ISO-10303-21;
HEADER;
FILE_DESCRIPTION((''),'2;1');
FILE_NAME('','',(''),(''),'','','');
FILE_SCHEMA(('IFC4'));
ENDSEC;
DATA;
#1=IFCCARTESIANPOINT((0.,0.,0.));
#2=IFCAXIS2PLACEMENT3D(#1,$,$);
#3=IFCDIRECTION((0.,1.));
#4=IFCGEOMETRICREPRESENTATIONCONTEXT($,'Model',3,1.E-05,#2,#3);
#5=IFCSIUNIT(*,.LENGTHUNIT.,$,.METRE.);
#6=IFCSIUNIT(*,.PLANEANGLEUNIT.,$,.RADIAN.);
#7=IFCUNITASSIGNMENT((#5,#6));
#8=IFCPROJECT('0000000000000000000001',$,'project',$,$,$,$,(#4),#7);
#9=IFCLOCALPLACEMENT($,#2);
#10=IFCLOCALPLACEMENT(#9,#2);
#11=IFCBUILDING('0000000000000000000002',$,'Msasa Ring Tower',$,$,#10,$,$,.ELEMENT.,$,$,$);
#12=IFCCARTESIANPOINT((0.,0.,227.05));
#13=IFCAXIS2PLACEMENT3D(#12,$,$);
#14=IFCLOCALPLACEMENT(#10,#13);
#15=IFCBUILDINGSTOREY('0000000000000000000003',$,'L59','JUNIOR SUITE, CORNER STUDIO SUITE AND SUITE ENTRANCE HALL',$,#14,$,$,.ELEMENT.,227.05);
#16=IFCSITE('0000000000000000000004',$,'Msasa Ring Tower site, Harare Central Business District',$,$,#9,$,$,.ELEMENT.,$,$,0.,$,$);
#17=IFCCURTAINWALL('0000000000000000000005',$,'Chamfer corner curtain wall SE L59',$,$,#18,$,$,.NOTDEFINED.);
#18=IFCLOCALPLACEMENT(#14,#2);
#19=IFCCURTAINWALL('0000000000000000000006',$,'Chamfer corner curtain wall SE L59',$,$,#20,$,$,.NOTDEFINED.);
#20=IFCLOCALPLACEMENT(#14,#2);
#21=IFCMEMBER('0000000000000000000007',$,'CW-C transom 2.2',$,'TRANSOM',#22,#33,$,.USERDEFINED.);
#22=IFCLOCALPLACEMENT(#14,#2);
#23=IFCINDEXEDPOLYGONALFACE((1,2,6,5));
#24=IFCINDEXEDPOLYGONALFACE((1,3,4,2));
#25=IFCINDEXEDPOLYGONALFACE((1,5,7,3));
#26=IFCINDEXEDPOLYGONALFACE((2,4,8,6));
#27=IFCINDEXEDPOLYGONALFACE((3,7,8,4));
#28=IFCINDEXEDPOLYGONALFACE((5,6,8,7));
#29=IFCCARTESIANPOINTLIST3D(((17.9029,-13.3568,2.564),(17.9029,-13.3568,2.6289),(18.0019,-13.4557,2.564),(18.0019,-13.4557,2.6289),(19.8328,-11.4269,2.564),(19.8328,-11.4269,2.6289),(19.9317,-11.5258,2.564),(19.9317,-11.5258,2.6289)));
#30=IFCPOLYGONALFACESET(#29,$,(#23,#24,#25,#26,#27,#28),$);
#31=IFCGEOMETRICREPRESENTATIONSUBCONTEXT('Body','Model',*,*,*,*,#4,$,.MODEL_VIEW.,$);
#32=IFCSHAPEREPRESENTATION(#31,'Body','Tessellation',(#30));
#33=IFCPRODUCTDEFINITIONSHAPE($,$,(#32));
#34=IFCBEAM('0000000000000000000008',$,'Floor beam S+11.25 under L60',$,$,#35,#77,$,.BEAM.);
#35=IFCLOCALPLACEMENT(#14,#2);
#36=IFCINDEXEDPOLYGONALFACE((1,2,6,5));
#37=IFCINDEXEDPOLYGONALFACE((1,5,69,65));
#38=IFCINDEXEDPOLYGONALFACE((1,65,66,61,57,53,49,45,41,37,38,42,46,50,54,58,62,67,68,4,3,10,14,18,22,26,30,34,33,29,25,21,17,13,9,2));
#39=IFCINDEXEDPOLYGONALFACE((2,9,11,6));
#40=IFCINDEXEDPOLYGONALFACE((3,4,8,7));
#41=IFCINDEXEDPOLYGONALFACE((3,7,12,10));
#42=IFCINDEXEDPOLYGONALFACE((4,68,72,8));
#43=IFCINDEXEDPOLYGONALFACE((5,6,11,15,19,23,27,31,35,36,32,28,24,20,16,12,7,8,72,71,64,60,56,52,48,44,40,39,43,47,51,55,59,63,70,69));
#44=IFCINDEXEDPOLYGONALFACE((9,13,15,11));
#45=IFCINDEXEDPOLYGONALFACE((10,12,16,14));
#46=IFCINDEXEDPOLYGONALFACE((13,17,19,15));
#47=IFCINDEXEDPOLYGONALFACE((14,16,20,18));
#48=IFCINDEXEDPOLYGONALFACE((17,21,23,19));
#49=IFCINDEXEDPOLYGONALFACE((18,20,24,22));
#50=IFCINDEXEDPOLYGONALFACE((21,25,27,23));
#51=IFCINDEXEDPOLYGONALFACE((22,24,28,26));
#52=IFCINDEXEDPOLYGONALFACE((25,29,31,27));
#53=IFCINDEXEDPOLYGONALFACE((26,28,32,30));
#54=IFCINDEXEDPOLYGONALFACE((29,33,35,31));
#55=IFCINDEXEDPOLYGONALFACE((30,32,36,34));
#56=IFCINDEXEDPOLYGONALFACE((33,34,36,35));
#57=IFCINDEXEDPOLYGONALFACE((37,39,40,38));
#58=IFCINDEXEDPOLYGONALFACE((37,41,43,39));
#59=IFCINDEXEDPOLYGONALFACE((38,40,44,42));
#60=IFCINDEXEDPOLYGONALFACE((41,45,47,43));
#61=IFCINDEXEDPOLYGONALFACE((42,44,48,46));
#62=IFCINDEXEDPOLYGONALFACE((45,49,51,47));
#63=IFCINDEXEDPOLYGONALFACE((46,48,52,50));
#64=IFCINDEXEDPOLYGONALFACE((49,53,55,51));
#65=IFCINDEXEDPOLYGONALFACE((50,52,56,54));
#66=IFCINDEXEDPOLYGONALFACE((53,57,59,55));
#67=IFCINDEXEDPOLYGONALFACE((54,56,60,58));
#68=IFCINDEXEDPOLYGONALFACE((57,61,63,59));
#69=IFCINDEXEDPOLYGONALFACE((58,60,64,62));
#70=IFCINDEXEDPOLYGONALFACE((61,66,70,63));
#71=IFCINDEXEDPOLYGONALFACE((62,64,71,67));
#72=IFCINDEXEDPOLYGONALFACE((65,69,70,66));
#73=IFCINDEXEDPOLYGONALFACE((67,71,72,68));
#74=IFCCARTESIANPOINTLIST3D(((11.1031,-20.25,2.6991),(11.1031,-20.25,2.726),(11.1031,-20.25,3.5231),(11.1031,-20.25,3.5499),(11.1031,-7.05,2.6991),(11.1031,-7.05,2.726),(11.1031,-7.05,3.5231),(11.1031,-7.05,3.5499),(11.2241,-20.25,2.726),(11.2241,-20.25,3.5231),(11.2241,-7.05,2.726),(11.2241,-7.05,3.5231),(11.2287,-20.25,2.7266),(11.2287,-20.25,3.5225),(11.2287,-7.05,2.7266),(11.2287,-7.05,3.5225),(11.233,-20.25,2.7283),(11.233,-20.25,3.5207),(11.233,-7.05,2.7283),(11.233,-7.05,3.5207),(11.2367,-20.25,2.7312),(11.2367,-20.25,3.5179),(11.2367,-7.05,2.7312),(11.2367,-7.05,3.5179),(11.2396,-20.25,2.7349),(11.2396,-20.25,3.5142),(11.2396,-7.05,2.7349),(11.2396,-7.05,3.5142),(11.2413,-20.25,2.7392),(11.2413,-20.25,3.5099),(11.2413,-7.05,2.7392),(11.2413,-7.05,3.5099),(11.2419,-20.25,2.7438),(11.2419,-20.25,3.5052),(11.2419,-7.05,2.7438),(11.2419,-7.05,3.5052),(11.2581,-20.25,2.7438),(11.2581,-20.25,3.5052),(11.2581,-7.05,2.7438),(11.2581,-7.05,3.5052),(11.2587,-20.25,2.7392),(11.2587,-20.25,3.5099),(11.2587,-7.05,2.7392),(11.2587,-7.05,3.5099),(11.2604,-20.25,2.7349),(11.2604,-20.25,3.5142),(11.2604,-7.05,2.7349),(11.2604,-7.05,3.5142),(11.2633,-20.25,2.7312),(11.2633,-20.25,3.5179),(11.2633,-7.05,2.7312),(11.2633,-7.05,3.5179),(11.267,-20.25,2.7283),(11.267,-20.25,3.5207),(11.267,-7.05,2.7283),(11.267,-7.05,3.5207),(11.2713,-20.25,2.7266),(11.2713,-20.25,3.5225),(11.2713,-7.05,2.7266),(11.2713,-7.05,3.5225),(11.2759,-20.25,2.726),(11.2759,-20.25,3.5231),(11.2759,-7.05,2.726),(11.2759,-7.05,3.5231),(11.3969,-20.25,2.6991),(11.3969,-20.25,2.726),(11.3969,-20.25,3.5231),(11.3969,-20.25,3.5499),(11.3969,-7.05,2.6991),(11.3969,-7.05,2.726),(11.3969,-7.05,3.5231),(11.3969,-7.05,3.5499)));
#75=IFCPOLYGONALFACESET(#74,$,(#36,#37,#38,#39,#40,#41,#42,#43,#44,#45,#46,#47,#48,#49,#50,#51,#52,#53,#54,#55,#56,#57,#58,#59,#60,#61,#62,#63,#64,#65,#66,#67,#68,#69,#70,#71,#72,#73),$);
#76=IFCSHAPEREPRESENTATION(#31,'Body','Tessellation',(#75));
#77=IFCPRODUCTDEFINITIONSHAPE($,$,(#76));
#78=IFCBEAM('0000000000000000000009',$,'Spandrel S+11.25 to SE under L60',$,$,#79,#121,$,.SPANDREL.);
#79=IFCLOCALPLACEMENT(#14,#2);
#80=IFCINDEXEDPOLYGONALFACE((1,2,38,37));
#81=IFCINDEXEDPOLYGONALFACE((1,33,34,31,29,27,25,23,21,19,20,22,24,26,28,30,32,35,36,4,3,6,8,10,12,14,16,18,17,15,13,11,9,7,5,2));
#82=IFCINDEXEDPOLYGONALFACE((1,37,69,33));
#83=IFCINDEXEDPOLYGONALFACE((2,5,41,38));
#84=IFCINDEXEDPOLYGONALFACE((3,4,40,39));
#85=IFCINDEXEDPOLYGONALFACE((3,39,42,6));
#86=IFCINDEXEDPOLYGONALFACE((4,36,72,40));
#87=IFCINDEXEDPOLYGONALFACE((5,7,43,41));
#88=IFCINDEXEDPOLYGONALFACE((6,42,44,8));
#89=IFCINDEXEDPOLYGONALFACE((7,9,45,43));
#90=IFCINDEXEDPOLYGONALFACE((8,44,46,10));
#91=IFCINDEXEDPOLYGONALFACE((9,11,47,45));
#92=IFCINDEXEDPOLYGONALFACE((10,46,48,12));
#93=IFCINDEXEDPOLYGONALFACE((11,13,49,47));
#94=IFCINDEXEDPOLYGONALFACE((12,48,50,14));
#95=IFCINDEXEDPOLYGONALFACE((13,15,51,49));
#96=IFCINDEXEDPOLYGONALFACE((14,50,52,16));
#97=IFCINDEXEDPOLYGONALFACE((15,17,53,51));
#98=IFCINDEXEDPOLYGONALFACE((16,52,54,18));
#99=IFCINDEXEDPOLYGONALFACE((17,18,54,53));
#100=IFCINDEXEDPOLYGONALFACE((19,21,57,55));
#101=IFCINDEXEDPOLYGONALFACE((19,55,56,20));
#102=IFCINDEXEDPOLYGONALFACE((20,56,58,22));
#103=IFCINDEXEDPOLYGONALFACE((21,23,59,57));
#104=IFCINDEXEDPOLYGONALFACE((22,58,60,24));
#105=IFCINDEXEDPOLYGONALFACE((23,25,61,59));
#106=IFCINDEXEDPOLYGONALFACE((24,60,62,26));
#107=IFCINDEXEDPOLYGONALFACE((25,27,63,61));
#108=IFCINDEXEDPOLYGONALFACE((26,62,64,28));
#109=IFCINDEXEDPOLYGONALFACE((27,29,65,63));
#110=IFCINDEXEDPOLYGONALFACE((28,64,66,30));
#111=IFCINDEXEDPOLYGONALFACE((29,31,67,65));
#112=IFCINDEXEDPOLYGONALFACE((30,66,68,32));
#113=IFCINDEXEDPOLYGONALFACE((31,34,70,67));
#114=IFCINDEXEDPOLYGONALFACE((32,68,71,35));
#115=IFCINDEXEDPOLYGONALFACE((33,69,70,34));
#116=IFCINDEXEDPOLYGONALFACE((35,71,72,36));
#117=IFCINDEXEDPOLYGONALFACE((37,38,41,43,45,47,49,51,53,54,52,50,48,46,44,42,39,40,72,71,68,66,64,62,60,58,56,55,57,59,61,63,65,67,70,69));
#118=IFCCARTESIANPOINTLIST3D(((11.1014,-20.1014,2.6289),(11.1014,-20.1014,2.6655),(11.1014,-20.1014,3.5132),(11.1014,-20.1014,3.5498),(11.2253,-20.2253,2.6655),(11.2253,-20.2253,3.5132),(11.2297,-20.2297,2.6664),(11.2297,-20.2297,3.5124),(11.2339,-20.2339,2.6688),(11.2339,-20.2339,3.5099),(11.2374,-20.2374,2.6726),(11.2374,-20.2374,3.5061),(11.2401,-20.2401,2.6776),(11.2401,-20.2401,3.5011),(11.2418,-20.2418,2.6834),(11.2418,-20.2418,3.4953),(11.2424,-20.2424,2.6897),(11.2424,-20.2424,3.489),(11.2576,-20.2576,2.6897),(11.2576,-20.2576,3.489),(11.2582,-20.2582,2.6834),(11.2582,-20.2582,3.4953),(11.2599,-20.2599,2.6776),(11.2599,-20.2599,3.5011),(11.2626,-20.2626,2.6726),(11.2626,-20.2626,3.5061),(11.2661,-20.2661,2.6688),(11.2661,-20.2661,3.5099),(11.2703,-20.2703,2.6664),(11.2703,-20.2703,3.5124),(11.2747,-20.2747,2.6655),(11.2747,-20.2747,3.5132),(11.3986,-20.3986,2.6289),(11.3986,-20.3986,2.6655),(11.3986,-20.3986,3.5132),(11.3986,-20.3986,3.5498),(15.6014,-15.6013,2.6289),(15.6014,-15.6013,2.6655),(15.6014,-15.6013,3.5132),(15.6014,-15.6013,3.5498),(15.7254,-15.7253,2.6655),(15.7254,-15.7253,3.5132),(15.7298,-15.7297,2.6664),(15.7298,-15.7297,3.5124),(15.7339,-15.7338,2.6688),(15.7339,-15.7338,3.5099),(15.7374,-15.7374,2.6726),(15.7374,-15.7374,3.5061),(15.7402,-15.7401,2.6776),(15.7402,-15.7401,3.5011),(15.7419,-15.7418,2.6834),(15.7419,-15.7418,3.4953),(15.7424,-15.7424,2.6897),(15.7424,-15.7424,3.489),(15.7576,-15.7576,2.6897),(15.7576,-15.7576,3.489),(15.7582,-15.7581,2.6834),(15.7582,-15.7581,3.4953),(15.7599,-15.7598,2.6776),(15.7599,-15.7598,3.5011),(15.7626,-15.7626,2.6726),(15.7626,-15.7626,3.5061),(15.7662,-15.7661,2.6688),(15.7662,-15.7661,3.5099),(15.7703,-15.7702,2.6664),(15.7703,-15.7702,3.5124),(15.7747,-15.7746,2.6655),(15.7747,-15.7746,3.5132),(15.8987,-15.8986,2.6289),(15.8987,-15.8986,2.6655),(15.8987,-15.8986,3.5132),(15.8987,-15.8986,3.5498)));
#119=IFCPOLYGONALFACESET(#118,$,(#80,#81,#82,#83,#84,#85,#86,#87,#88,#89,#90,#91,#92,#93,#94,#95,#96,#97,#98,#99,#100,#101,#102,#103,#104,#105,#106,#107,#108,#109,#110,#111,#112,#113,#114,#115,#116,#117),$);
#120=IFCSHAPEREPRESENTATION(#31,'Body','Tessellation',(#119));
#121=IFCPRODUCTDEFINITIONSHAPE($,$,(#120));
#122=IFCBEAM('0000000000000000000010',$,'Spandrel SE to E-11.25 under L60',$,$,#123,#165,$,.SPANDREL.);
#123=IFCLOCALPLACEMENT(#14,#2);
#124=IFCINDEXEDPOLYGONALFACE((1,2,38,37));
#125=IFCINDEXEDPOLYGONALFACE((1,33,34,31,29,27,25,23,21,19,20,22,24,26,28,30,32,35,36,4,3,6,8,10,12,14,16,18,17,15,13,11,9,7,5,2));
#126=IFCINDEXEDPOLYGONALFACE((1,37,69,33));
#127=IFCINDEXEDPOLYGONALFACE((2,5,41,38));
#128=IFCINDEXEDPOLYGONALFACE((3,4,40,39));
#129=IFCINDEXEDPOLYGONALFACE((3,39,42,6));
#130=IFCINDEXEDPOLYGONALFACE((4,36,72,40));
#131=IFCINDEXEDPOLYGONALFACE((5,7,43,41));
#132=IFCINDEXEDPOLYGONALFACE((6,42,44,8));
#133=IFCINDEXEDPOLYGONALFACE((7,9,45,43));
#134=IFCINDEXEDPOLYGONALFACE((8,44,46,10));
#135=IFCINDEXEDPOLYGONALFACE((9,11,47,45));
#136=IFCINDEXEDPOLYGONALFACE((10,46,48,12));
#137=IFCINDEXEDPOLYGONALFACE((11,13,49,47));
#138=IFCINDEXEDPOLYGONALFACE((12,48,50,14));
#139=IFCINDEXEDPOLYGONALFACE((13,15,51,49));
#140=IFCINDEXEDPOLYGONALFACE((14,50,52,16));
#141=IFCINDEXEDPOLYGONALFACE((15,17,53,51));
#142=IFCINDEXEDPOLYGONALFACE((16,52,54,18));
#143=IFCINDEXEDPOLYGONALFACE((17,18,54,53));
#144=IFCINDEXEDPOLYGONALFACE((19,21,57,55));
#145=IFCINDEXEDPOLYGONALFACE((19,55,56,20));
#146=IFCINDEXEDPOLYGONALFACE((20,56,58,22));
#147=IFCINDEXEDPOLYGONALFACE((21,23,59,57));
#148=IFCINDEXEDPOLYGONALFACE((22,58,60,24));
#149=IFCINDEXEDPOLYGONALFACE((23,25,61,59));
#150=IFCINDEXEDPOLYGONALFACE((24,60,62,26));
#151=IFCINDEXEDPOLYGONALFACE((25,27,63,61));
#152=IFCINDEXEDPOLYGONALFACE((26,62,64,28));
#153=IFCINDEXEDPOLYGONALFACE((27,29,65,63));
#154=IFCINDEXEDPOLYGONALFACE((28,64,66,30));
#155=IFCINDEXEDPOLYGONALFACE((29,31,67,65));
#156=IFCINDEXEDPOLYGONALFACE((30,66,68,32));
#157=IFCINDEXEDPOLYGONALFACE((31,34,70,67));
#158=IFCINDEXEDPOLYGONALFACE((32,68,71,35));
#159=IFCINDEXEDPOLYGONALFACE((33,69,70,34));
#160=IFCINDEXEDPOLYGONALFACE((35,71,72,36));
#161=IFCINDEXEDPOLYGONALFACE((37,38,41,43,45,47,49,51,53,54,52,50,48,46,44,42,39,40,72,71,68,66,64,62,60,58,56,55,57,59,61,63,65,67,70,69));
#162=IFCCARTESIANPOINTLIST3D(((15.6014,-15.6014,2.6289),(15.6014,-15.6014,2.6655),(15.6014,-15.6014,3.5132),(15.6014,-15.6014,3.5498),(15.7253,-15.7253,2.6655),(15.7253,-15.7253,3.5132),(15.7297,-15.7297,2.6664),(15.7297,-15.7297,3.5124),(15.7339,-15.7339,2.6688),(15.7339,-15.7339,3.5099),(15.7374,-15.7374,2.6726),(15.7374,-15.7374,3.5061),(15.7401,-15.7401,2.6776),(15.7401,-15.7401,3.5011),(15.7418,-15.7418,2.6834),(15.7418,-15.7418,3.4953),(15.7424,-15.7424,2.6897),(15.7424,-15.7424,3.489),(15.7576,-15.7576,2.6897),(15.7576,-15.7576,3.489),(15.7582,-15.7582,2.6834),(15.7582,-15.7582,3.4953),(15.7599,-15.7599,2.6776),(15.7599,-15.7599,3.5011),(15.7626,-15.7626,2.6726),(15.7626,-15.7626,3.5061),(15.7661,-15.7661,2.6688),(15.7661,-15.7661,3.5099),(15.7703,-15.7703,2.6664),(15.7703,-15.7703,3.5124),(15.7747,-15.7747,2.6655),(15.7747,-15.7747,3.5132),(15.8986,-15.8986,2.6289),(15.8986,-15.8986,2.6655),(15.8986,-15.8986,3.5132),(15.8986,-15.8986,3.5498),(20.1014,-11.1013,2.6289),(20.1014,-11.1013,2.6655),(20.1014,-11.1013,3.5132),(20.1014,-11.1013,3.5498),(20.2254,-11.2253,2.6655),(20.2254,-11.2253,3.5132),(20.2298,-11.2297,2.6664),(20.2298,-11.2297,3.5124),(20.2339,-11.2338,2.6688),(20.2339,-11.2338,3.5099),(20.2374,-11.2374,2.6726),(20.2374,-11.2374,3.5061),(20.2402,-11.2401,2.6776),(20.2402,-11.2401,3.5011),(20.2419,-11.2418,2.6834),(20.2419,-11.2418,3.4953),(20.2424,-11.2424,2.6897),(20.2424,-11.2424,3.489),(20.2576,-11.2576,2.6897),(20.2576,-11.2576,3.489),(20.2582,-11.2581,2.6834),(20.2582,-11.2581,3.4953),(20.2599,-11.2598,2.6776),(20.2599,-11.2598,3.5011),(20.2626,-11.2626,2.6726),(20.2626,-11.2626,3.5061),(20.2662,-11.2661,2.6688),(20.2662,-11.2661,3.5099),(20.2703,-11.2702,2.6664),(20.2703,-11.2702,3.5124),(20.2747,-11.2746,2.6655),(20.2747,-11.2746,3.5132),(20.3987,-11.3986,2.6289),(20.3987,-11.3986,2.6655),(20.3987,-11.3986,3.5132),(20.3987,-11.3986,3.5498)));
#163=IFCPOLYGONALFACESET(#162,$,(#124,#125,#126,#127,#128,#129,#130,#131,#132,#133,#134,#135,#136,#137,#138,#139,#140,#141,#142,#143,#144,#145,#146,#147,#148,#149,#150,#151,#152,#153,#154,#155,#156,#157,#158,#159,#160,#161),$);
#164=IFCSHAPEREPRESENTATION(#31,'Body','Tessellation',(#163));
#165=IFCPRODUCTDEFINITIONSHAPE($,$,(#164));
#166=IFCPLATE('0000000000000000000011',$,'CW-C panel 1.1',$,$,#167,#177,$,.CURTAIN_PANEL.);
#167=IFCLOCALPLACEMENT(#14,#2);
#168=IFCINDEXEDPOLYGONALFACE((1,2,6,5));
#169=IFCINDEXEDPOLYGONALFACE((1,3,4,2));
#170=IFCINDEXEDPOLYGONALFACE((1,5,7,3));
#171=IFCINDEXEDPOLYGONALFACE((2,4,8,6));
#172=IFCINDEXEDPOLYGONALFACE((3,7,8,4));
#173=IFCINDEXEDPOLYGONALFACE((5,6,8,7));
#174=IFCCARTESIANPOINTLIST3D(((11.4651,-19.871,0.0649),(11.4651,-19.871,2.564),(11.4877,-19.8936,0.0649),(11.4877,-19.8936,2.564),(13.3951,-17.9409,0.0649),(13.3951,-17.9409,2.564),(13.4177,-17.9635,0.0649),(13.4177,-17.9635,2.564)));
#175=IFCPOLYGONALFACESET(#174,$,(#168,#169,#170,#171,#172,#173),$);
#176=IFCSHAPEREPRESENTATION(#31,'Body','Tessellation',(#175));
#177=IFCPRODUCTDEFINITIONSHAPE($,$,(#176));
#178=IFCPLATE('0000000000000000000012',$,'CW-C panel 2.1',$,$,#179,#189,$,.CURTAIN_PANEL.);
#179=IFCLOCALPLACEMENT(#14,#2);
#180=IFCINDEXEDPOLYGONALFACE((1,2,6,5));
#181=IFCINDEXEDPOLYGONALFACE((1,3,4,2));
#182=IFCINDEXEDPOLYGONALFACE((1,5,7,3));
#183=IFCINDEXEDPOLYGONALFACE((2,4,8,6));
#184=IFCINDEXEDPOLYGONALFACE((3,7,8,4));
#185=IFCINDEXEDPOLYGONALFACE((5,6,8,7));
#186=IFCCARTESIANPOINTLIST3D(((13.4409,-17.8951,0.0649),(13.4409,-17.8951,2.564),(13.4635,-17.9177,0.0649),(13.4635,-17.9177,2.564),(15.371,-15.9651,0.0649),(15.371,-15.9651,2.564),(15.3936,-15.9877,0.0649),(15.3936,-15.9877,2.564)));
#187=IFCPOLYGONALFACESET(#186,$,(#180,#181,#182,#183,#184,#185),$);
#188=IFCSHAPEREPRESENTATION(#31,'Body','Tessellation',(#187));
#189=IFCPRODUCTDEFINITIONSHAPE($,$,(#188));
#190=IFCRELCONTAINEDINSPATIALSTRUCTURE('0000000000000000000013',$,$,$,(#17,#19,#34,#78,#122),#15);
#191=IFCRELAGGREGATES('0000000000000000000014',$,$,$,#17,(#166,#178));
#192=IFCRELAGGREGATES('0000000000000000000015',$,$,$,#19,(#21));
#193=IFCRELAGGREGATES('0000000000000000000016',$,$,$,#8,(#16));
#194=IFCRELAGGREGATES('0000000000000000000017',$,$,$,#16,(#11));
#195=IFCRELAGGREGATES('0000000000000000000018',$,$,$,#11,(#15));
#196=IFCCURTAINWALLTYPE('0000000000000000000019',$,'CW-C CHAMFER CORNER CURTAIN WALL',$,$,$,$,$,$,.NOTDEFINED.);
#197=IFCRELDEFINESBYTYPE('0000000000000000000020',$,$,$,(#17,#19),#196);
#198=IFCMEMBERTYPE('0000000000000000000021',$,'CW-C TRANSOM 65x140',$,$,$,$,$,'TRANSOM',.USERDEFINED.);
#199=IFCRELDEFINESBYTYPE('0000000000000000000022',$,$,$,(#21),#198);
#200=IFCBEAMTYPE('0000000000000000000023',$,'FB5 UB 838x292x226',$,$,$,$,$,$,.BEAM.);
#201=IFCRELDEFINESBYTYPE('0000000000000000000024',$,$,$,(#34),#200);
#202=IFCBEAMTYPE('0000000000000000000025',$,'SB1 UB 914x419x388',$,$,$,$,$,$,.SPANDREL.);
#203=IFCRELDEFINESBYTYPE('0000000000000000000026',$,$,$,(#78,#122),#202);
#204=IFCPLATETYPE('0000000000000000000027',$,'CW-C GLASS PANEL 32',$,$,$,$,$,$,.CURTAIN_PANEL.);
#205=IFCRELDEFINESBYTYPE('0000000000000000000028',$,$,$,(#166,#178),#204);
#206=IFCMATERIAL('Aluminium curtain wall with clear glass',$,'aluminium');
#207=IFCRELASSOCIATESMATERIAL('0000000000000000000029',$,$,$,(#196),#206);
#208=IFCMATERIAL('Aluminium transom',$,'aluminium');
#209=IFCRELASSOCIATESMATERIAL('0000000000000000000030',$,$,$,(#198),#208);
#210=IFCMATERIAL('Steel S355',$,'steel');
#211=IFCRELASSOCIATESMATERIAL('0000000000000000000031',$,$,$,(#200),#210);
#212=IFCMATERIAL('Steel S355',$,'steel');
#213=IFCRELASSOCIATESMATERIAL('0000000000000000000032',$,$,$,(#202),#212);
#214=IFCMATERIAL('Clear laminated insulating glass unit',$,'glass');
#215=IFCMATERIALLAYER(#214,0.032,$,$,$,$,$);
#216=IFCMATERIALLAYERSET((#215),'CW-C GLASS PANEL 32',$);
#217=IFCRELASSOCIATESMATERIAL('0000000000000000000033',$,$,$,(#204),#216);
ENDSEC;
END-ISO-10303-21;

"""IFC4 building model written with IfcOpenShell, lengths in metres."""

from ifc_helpers import new_model, si_unit, direction, frame, origin, origin_2d, place, context, subcontext, project, spatial, rectangle, i_section, extrude, material, layer, layer_set, material_profile, profile_set, type_object, element, aggregate, save


model = new_model("IFC4")

# Units and contexts
model_context = context("Model", 3, precision=1e-05, world=origin(), true_north=direction((0.0, 1.0)))
body_context = subcontext(model_context, "Body", "Model", "MODEL_VIEW")
ifc_project = project(units=[si_unit("LENGTHUNIT", "METRE"), si_unit("PLANEANGLEUNIT", "RADIAN")], contexts=[model_context])

# Site, building, storey
site_placement = place(None, origin())
site = spatial("IfcSite", under=ifc_project, at=site_placement, Name="Msasa Ring Tower site, Harare Central Business District", CompositionType="ELEMENT", RefElevation=0.0)
building_placement = place(site_placement, origin())
building = spatial("IfcBuilding", under=site, at=building_placement, Name="Msasa Ring Tower", CompositionType="ELEMENT")
storey_placement = place(building_placement, frame((0.0, 0.0, 227.05)))
storey = spatial("IfcBuildingStorey", under=building, at=storey_placement, Name="L59", Description="JUNIOR SUITE, CORNER STUDIO SUITE AND SUITE ENTRANCE HALL", CompositionType="ELEMENT", Elevation=227.05)

# Curtain walls
ifc_material_1 = material(Name="Aluminium curtain wall with clear glass", Category="aluminium")
curtain_wall_type = type_object("IfcCurtainWallType", Name="CW-C CHAMFER CORNER CURTAIN WALL", PredefinedType="NOTDEFINED", material=ifc_material_1)
curtain_wall_1_placement = place(storey_placement, origin())
curtain_wall_1 = element("IfcCurtainWall", 1, at=curtain_wall_1_placement, inside=storey, type_object=curtain_wall_type, Name="Chamfer corner curtain wall SE L59", PredefinedType="NOTDEFINED")
curtain_wall_2_placement = place(storey_placement, origin())
curtain_wall_2 = element("IfcCurtainWall", 2, at=curtain_wall_2_placement, inside=storey, type_object=curtain_wall_type, Name="Chamfer corner curtain wall SE L59", PredefinedType="NOTDEFINED")

# Member
ifc_material_2 = material(Name="Aluminium transom", Category="aluminium")
ifc_material_profile_1 = material_profile(ifc_material_2, rectangle(XDim=0.1399, YDim=0.0649, at=origin_2d()), Name="AL 65x140")
ifc_profile_set_1 = profile_set([ifc_material_profile_1], Name="Aluminium transom")
member_type_1 = type_object("IfcMemberType", Name="CW-C TRANSOM 65x140", ElementType="TRANSOM", PredefinedType="USERDEFINED", material=ifc_profile_set_1)
member_1_placement = place(storey_placement, frame((17.9524, -13.4062, 2.5964), z_axis=(0.707107, 0.707107, 0.0), x_axis=(-0.707107, 0.707107, 0.0)))
member_1 = element("IfcMember", 3, at=member_1_placement, type_object=member_type_1, Name="CW-C transom 2.2", ObjectType="TRANSOM", PredefinedType="USERDEFINED", context=body_context, shape_type="SweptSolid", body=[
    extrude(rectangle(XDim=0.1399, YDim=0.0649, at=origin_2d()), origin(), (0.0, 0.0, 1.0), 2.7292),
])

# Beams
ifc_material_3 = material(Name="Steel S355", Category="steel")
ifc_material_profile_2 = material_profile(ifc_material_3, i_section(OverallWidth=0.2937, OverallDepth=0.8508, WebThickness=0.0161, FlangeThickness=0.0269, FilletRadius=0.0178, at=origin_2d()), Name="UB 838x292x226")
ifc_profile_set_2 = profile_set([ifc_material_profile_2], Name="Steel S355")
beam_type_1 = type_object("IfcBeamType", Name="FB5 UB 838x292x226", PredefinedType="BEAM", material=ifc_profile_set_2)
beam_placement = place(storey_placement, frame((11.25, -20.25, 3.1245), z_axis=(0.0, 1.0, 0.0), x_axis=(-1.0, 0.0, 0.0)))
element("IfcBeam", 4, at=beam_placement, inside=storey, type_object=beam_type_1, Name="Floor beam S+11.25 under L60", PredefinedType="BEAM", context=body_context, shape_type="SweptSolid", body=[
    extrude(i_section(OverallWidth=0.2937, OverallDepth=0.8508, WebThickness=0.0161, FlangeThickness=0.0269, FilletRadius=0.0178, at=origin_2d()), origin(), (0.0, 0.0, 1.0), 13.2),
])
ifc_material_4 = material(Name="Steel S355", Category="steel")
ifc_material_profile_3 = material_profile(ifc_material_4, i_section(OverallWidth=0.4204, OverallDepth=0.9209, WebThickness=0.0215, FlangeThickness=0.0366, FilletRadius=0.0242, at=origin_2d()), Name="UB 914x419x388")
ifc_profile_set_3 = profile_set([ifc_material_profile_3], Name="Steel S355")
beam_type_2 = type_object("IfcBeamType", Name="SB1 UB 914x419x388", PredefinedType="SPANDREL", material=ifc_profile_set_3)
for number, where, z_axis, x_axis, name in (
    (5, (11.25, -20.25, 3.0894), (0.707107, 0.707107, 0.0), (-0.707107, 0.707107, 0.0), "Spandrel S+11.25 to SE under L60"),
    (6, (15.75, -15.75, 3.0894), (0.707107, 0.707107, 0.0), (-0.707107, 0.707107, 0.0), "Spandrel SE to E-11.25 under L60"),
):
    element("IfcBeam", number, at=place(storey_placement, frame(where, z_axis=z_axis, x_axis=x_axis)), inside=storey, type_object=beam_type_2, Name=name, PredefinedType="SPANDREL", context=body_context, shape_type="SweptSolid", body=[
        extrude(i_section(OverallWidth=0.4204, OverallDepth=0.9209, WebThickness=0.0215, FlangeThickness=0.0366, FilletRadius=0.0242, at=origin_2d()), origin(), (0.0, 0.0, 1.0), 6.364),
    ])

# Plates
ifc_material_5 = material(Name="Clear laminated insulating glass unit", Category="glass")
ifc_layer_1 = layer(ifc_material_5, 0.032)
ifc_layer_set_1 = layer_set([ifc_layer_1], Name="CW-C GLASS PANEL 32")
plate_type = type_object("IfcPlateType", Name="CW-C GLASS PANEL 32", PredefinedType="CURTAIN_PANEL", material=ifc_layer_set_1)
plate_1_placement = place(storey_placement, frame((12.4414, -18.9172, 0.0649), z_axis=(0.0, 0.0, 1.0), x_axis=(0.707107, 0.707107, 0.0)))
plate_1 = element("IfcPlate", 7, at=plate_1_placement, type_object=plate_type, Name="CW-C panel 1.1", PredefinedType="CURTAIN_PANEL", context=body_context, shape_type="SweptSolid", body=[
    extrude(rectangle(XDim=2.7295, YDim=0.032, at=origin_2d()), origin(), (0.0, 0.0, 1.0), 2.499),
])
plate_2_placement = place(storey_placement, frame((14.4172, -16.9414, 0.0649), z_axis=(0.0, 0.0, 1.0), x_axis=(0.707107, 0.707107, 0.0)))
plate_2 = element("IfcPlate", 8, at=plate_2_placement, type_object=plate_type, Name="CW-C panel 2.1", PredefinedType="CURTAIN_PANEL", context=body_context, shape_type="SweptSolid", body=[
    extrude(rectangle(XDim=2.7295, YDim=0.032, at=origin_2d()), origin(), (0.0, 0.0, 1.0), 2.499),
])
aggregate(curtain_wall_1, [plate_1, plate_2])
aggregate(curtain_wall_2, [member_1])

save(model, "model.ifc")
